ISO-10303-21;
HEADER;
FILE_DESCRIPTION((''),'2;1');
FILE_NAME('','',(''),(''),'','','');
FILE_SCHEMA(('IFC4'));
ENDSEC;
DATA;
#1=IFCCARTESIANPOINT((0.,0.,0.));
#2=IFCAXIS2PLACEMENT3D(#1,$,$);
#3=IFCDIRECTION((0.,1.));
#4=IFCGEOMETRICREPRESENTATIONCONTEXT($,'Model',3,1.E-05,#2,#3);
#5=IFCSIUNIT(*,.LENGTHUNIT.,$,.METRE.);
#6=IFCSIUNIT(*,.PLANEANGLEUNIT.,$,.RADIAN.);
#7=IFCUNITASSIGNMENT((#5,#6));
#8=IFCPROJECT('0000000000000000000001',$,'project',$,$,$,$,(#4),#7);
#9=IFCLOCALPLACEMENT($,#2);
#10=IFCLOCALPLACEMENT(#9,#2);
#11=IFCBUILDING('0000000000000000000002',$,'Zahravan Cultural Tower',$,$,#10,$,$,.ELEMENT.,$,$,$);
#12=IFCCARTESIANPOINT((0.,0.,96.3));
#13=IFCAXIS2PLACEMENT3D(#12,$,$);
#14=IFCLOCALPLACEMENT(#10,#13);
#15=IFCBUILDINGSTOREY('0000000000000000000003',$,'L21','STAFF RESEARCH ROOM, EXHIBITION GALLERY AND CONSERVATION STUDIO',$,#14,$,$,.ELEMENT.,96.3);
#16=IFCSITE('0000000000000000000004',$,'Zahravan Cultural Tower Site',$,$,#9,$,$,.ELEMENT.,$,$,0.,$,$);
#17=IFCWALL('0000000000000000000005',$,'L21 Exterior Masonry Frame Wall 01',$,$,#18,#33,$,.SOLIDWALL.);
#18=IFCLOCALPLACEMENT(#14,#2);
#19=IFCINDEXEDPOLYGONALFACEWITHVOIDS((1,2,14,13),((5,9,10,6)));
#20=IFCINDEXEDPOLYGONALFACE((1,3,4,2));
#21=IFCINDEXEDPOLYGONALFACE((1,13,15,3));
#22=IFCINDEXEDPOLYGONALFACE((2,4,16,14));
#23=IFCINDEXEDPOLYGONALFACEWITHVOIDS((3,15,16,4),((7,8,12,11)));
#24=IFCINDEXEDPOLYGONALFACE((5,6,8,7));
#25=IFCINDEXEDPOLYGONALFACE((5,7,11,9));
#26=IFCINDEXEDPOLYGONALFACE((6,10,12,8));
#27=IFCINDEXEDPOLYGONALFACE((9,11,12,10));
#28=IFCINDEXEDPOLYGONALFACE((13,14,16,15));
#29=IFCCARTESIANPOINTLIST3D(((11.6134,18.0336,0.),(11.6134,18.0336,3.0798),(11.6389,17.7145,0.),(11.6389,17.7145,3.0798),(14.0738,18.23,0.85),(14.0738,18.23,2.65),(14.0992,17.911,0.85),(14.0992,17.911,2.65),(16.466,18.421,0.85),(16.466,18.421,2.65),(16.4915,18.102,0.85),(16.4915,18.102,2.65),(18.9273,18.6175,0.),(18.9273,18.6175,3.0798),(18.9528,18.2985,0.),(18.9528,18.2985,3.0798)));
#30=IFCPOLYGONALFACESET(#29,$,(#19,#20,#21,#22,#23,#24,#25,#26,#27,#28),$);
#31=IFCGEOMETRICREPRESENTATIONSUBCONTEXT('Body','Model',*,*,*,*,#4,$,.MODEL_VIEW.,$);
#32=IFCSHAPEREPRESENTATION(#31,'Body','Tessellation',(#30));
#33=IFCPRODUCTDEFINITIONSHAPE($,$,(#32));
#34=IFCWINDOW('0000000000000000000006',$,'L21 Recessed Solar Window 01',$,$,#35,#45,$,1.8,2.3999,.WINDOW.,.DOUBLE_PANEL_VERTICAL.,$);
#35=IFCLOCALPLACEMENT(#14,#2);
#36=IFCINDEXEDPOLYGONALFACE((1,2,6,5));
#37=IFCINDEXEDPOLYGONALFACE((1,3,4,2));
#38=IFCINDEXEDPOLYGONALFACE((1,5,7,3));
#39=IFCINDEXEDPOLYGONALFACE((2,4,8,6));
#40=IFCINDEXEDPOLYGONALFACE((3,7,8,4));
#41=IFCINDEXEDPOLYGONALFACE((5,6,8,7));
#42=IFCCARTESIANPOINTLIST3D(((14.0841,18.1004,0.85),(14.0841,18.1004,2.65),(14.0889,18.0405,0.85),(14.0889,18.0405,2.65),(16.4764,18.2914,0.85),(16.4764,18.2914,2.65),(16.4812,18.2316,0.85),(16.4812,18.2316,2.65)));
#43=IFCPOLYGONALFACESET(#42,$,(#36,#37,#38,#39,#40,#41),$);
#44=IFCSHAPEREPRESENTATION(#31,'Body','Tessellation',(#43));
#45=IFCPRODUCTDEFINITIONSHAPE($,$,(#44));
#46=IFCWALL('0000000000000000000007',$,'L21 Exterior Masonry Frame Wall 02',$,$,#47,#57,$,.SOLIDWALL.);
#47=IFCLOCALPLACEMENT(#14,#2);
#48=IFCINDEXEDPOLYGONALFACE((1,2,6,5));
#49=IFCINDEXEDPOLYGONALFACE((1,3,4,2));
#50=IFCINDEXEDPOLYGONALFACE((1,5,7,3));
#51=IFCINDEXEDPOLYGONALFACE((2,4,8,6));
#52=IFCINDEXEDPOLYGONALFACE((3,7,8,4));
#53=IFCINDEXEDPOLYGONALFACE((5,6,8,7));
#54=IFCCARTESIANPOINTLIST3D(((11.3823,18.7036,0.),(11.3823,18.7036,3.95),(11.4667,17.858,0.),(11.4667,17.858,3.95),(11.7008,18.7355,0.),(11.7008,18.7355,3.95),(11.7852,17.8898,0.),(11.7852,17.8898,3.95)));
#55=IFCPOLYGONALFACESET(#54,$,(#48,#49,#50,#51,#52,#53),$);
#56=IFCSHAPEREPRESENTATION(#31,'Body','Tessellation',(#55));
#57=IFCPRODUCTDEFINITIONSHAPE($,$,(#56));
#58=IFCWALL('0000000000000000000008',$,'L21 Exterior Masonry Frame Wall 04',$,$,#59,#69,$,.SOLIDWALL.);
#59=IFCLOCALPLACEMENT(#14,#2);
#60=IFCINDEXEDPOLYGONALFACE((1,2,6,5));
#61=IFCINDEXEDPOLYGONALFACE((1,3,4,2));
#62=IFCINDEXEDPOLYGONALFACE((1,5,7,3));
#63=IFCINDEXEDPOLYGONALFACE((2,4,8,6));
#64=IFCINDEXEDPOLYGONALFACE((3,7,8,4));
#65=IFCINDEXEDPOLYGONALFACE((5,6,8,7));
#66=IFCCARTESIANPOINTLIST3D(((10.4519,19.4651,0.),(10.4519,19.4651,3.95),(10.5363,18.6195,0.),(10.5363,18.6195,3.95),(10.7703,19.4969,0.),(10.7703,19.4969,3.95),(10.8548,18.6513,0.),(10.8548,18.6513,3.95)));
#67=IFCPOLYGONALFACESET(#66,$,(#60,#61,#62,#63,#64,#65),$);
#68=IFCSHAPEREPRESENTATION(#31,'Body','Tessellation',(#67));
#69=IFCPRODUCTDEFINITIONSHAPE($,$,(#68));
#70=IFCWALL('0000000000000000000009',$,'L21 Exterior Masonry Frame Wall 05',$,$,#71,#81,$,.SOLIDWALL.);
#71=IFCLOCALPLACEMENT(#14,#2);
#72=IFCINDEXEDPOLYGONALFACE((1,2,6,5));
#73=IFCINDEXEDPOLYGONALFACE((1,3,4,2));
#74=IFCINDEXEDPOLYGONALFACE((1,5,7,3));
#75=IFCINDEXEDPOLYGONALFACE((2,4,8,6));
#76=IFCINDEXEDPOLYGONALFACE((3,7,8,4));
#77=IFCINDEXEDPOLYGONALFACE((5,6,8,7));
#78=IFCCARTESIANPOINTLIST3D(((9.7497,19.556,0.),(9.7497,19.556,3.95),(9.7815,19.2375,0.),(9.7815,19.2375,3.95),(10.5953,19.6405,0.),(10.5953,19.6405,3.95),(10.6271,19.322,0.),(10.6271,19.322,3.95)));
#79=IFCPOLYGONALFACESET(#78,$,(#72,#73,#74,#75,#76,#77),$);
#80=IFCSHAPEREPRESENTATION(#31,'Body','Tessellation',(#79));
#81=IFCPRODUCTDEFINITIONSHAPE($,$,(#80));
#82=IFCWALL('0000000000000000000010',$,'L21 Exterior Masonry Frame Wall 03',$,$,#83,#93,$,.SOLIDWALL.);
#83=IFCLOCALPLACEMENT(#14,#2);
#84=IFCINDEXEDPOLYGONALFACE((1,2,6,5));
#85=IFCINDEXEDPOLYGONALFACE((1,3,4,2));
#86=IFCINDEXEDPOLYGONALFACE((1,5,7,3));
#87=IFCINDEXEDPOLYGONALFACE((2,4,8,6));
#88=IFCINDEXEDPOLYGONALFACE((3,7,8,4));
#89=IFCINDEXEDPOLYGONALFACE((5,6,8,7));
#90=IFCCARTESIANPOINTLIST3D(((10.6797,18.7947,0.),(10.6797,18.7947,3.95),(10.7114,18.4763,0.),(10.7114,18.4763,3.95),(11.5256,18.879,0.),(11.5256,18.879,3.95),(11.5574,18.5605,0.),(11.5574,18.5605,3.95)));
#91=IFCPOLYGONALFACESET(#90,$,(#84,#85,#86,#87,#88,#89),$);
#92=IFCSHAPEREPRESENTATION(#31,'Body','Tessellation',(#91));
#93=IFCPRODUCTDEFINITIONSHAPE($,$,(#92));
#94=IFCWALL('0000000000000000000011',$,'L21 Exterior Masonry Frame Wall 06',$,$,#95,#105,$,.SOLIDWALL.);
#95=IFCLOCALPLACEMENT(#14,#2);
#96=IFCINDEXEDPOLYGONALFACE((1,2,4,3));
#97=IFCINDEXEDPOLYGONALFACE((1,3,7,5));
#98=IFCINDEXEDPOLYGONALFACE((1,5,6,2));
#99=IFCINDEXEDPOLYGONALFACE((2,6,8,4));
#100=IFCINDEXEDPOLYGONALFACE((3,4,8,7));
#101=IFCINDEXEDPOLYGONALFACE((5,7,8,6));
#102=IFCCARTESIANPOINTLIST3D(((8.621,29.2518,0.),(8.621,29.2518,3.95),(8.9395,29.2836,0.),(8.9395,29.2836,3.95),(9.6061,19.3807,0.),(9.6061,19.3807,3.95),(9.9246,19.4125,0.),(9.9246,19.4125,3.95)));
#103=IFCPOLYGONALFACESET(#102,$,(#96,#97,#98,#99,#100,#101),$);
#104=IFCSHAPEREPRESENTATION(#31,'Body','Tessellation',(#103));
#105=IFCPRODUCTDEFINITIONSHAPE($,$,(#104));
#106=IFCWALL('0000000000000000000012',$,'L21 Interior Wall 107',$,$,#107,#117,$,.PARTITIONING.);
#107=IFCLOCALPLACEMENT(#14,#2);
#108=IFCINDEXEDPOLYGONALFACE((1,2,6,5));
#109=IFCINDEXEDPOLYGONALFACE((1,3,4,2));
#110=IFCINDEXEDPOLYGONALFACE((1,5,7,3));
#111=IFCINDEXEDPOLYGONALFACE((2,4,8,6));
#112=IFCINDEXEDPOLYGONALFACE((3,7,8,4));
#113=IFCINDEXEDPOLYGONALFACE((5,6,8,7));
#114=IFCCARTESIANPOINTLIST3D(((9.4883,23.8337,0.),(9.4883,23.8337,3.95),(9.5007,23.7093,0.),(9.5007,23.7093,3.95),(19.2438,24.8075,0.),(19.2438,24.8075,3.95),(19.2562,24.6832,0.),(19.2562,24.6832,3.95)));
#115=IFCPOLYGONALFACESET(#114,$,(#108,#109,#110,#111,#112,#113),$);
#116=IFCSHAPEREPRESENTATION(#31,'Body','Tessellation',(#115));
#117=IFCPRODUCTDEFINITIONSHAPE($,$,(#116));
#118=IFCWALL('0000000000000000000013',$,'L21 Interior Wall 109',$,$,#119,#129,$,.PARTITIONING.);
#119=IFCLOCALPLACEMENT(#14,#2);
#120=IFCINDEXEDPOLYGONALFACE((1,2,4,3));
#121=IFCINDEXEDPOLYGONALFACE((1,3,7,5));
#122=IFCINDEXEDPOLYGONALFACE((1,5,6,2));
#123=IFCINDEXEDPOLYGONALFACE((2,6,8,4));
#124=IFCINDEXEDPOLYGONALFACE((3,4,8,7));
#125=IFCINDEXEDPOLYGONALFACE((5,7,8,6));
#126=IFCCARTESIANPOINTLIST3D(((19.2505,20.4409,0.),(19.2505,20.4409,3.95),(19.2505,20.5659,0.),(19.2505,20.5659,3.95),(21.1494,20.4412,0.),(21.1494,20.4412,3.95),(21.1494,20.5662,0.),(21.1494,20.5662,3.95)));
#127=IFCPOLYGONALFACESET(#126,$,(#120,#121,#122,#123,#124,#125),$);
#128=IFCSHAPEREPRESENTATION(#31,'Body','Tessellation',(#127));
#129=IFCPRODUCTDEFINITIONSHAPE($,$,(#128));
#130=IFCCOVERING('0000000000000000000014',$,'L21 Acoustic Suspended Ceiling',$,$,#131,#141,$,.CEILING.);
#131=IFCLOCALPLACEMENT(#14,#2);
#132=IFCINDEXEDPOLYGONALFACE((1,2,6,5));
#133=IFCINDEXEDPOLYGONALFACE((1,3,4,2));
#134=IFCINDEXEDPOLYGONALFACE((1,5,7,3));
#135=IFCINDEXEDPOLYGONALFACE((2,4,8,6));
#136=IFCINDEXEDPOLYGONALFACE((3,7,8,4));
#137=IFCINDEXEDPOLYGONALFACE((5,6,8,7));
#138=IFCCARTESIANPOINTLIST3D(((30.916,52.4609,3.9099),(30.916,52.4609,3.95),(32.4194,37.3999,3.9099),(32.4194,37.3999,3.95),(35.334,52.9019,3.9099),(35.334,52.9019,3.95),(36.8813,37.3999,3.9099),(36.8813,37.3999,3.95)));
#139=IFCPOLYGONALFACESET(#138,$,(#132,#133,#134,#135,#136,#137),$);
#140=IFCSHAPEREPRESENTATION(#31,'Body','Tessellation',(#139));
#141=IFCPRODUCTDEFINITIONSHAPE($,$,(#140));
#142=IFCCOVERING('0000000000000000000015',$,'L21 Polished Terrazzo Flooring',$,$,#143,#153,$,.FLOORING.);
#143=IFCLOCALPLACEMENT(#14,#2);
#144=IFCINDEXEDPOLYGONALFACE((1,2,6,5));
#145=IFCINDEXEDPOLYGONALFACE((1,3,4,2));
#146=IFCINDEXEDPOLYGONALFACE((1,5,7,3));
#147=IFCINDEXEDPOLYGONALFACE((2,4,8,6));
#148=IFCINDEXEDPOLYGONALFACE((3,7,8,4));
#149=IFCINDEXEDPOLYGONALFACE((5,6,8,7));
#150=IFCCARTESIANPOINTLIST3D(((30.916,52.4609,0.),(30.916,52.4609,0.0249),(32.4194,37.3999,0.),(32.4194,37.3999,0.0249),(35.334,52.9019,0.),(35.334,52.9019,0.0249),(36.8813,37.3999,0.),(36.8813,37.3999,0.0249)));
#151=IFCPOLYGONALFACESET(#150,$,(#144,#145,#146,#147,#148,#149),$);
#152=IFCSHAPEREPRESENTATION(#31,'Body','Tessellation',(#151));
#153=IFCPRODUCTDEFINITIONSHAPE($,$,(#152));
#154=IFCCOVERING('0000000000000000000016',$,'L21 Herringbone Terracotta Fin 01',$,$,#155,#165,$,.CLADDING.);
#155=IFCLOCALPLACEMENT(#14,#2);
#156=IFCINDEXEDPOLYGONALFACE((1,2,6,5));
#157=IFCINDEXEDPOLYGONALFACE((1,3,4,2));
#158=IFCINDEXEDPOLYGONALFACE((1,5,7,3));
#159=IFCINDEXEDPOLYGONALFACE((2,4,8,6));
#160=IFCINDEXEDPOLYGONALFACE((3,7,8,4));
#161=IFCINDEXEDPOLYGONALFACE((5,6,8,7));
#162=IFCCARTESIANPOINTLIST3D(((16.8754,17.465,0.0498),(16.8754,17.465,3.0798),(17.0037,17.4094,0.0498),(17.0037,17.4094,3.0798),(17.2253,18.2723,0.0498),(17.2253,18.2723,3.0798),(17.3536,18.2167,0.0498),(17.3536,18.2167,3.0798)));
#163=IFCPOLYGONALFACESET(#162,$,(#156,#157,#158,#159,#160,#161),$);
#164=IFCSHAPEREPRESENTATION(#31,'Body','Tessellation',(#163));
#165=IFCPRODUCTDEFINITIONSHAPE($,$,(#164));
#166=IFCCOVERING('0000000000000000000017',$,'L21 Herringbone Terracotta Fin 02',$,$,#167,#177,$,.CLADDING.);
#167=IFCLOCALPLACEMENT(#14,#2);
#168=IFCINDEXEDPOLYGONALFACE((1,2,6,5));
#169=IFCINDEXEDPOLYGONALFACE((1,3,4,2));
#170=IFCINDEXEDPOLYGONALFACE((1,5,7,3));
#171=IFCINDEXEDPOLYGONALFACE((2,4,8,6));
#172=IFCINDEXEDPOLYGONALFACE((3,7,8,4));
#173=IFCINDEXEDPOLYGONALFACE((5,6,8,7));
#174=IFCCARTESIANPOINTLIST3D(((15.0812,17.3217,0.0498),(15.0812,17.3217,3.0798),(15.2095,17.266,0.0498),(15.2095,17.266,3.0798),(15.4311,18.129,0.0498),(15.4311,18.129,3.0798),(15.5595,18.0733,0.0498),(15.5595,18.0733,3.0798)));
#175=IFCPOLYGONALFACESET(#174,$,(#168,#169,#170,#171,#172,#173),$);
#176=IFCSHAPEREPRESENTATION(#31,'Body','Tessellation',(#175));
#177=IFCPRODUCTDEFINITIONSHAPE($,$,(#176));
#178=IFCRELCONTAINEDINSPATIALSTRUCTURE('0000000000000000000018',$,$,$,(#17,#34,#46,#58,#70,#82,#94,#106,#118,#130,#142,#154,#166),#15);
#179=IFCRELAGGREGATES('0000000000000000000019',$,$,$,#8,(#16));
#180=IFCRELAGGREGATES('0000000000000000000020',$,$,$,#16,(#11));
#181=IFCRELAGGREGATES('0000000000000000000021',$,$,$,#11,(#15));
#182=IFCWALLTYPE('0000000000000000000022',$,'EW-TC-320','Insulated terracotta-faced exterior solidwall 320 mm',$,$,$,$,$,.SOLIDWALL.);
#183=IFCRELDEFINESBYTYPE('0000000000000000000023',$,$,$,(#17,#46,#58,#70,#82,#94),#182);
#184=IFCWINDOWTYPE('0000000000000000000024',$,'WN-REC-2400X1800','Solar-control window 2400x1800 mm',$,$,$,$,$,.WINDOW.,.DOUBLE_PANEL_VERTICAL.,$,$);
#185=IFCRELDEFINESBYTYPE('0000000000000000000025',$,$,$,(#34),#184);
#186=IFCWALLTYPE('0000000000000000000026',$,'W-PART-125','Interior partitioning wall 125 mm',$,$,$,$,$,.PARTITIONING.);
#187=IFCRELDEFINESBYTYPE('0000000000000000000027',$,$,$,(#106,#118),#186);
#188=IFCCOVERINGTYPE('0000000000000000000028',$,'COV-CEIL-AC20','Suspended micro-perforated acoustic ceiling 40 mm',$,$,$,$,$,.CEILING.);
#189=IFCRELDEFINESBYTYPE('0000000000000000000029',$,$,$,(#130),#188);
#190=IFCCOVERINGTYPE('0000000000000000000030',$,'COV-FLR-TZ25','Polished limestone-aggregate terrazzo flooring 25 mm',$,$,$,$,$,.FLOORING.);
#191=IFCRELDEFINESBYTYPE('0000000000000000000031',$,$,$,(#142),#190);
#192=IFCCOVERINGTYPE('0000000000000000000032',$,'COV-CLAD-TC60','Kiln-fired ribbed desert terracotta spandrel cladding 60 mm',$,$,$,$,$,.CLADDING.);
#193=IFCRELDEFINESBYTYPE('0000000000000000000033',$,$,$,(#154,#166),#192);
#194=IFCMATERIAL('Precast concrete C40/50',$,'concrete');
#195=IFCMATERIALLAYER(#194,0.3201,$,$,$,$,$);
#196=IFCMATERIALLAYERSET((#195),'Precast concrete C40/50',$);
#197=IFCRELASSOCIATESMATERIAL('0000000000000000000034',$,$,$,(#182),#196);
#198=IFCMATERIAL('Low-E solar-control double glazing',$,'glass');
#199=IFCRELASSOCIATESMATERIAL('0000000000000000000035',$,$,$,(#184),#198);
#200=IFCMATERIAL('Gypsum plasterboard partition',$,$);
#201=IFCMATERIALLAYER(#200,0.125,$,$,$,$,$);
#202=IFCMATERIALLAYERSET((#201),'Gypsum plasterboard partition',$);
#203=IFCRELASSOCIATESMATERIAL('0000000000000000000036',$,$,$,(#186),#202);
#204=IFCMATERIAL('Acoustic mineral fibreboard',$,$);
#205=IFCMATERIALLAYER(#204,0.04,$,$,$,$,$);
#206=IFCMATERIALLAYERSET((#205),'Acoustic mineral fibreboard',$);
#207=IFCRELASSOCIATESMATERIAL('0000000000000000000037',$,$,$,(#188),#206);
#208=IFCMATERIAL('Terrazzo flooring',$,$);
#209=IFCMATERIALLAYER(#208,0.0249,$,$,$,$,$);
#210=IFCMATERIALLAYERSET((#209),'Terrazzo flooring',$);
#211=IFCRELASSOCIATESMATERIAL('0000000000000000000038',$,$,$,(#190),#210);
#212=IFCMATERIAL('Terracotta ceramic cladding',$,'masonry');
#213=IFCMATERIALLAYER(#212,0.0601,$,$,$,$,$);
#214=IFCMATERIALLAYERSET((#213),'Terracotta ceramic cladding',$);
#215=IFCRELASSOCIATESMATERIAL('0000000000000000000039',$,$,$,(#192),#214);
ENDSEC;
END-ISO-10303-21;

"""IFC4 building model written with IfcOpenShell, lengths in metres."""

from ifc_helpers import new_model, si_unit, direction, frame, frame_2d, origin, origin_2d, place, context, subcontext, project, spatial, polyline, rectangle, outline, extrude, source, transform, mapped, material, layer, layer_set, type_object, element, fill, save


model = new_model("IFC4")

# Units and contexts
model_context = context("Model", 3, precision=1e-05, world=origin(), true_north=direction((0.0, 1.0)))
body_context = subcontext(model_context, "Body", "Model", "MODEL_VIEW")
ifc_project = project(units=[si_unit("LENGTHUNIT", "METRE"), si_unit("PLANEANGLEUNIT", "RADIAN")], contexts=[model_context])

# Site, building, storey
site_placement = place(None, origin())
site = spatial("IfcSite", under=ifc_project, at=site_placement, Name="Zahravan Cultural Tower Site", CompositionType="ELEMENT", RefElevation=0.0)
building_placement = place(site_placement, origin())
building = spatial("IfcBuilding", under=site, at=building_placement, Name="Zahravan Cultural Tower", CompositionType="ELEMENT")
storey_placement = place(building_placement, frame((0.0, 0.0, 96.3)))
storey = spatial("IfcBuildingStorey", under=building, at=storey_placement, Name="L21", Description="STAFF RESEARCH ROOM, EXHIBITION GALLERY AND CONSERVATION STUDIO", CompositionType="ELEMENT", Elevation=96.3)

# Wall, opening, window
ifc_material_1 = material(Name="Precast concrete C40/50", Category="concrete")
ifc_layer_1 = layer(ifc_material_1, 0.3201)
ifc_layer_set_1 = layer_set([ifc_layer_1], Name="Precast concrete C40/50")
wall_type_1 = type_object("IfcWallType", Name="EW-TC-320", Description="Insulated terracotta-faced exterior solidwall 320 mm", PredefinedType="SOLIDWALL", material=ifc_layer_set_1)
wall_1_placement = place(storey_placement, frame((18.9399, 18.458, 0.0), z_axis=(0.0, 0.0, 1.0), x_axis=(-0.996828, -0.079592, 0.0)))
wall_1 = element("IfcWall", 1, at=wall_1_placement, inside=storey, type_object=wall_type_1, Name="L21 Exterior Masonry Frame Wall 01", PredefinedType="SOLIDWALL", context=body_context, shape_type="SweptSolid", body=[
    extrude(rectangle(XDim=7.3372, YDim=0.3201, at=frame_2d((3.6685, 0.0))), origin(), (0.0, 0.0, 1.0), 3.0798),
])
opening_placement = place(wall_1_placement, frame((2.469, 0.0, 0.8501)))
opening = element("IfcOpeningElement", 2, at=opening_placement, cuts=wall_1, PredefinedType="OPENING", context=body_context, shape_type="SweptSolid", body=[
    extrude(rectangle(XDim=2.3999, YDim=1.8, at=frame_2d((1.2, 0.8999))), frame((0.0, 0.1699, 0.0), z_axis=(0.0, -1.0, 0.0), x_axis=(1.0, 0.0, 0.0)), (0.0, 0.0, 1.0), 0.3401),
])
ifc_material_2 = material(Name="Low-E solar-control double glazing", Category="glass")
window_type = type_object("IfcWindowType", Name="WN-REC-2400X1800", Description="Solar-control window 2400x1800 mm", PartitioningType="DOUBLE_PANEL_VERTICAL", PredefinedType="WINDOW", material=ifc_material_2)
shared_shape_1 = source(origin(), body_context, "Body", "SweptSolid", [
    extrude(rectangle(XDim=2.3999, YDim=1.8, at=frame_2d((1.2, 0.8999))), frame((0.0, 0.03, 0.0), z_axis=(0.0, -1.0, 0.0), x_axis=(1.0, 0.0, 0.0)), (0.0, 0.0, 1.0), 0.0601),
])
window_placement = place(opening_placement, origin())
window = element("IfcWindow", 3, at=window_placement, inside=storey, type_object=window_type, Name="L21 Recessed Solar Window 01", OverallHeight=1.8, OverallWidth=2.3999, PartitioningType="DOUBLE_PANEL_VERTICAL", PredefinedType="WINDOW", context=body_context, shape_type="MappedRepresentation", body=[
    mapped(shared_shape_1, transform((0.0, 0.0, 0.0), x_axis=(1.0, 0.0, 0.0), y_axis=(0.0, 1.0, 0.0), z_axis=(0.0, 0.0, 1.0), scale=1.0)),
])
fill(opening, window)

# Walls
shared_shape_2 = source(origin(), body_context, "Body", "SweptSolid", [
    extrude(rectangle(XDim=0.8499, YDim=0.3201, at=frame_2d((0.4248, 0.0))), origin(), (0.0, 0.0, 1.0), 3.95),
])
for number, where, z_axis, x_axis, name in (
    (4, (11.626, 17.874, 0.0), (0.0, 0.0, 1.0), (-0.09939, 0.995049, 0.0), "L21 Exterior Masonry Frame Wall 02"),
    (5, (10.6956, 18.6355, 0.0), (0.0, 0.0, 1.0), (-0.09939, 0.995049, 0.0), "L21 Exterior Masonry Frame Wall 04"),
    (6, (10.6111, 19.4812, 0.0), (0.0, 0.0, 1.0), (-0.995049, -0.09939, 0.0), "L21 Exterior Masonry Frame Wall 05"),
):
    element("IfcWall", number, at=place(storey_placement, frame(where, z_axis=z_axis, x_axis=x_axis)), inside=storey, type_object=wall_type_1, Name=name, PredefinedType="SOLIDWALL", context=body_context, shape_type="MappedRepresentation", body=[
        mapped(shared_shape_2, transform((0.0, 0.0, 0.0), x_axis=(1.0, 0.0, 0.0), y_axis=(0.0, 1.0, 0.0), z_axis=(0.0, 0.0, 1.0), scale=1.0)),
    ])
shared_shape_3 = source(origin(), body_context, "Body", "SweptSolid", [
    extrude(rectangle(XDim=0.8501, YDim=0.3201, at=frame_2d((0.425, 0.0))), origin(), (0.0, 0.0, 1.0), 3.95),
])
wall_2_placement = place(storey_placement, frame((11.5415, 18.7197, 0.0), z_axis=(0.0, 0.0, 1.0), x_axis=(-0.99508, -0.099077, 0.0)))
element("IfcWall", 7, at=wall_2_placement, inside=storey, type_object=wall_type_1, Name="L21 Exterior Masonry Frame Wall 03", PredefinedType="SOLIDWALL", context=body_context, shape_type="MappedRepresentation", body=[
    mapped(shared_shape_3, transform((0.0, 0.0, 0.0), x_axis=(1.0, 0.0, 0.0), y_axis=(0.0, 1.0, 0.0), z_axis=(0.0, 0.0, 1.0), scale=1.0)),
])
shared_shape_4 = source(origin(), body_context, "Body", "SweptSolid", [
    extrude(rectangle(XDim=9.9202, YDim=0.3201, at=frame_2d((4.96, 0.0))), origin(), (0.0, 0.0, 1.0), 3.95),
])
wall_3_placement = place(storey_placement, frame((9.7654, 19.3967, 0.0), z_axis=(0.0, 0.0, 1.0), x_axis=(-0.099304, 0.995057, 0.0)))
element("IfcWall", 8, at=wall_3_placement, inside=storey, type_object=wall_type_1, Name="L21 Exterior Masonry Frame Wall 06", PredefinedType="SOLIDWALL", context=body_context, shape_type="MappedRepresentation", body=[
    mapped(shared_shape_4, transform((0.0, 0.0, 0.0), x_axis=(1.0, 0.0, 0.0), y_axis=(0.0, 1.0, 0.0), z_axis=(0.0, 0.0, 1.0), scale=1.0)),
])
ifc_material_3 = material(Name="Gypsum plasterboard partition")
ifc_layer_2 = layer(ifc_material_3, 0.125)
ifc_layer_set_2 = layer_set([ifc_layer_2], Name="Gypsum plasterboard partition")
wall_type_2 = type_object("IfcWallType", Name="W-PART-125", Description="Interior partitioning wall 125 mm", PredefinedType="PARTITIONING", material=ifc_layer_set_2)
shared_shape_5 = source(origin(), body_context, "Body", "SweptSolid", [
    extrude(rectangle(XDim=9.804, YDim=0.125, at=frame_2d((4.9019, 0.0))), origin(), (0.0, 0.0, 1.0), 3.95),
])
wall_4_placement = place(storey_placement, frame((9.4946, 23.7715, 0.0), z_axis=(0.0, 0.0, 1.0), x_axis=(0.995054, 0.099336, 0.0)))
element("IfcWall", 9, at=wall_4_placement, inside=storey, type_object=wall_type_2, Name="L21 Interior Wall 107", PredefinedType="PARTITIONING", context=body_context, shape_type="MappedRepresentation", body=[
    mapped(shared_shape_5, transform((0.0, 0.0, 0.0), x_axis=(1.0, 0.0, 0.0), y_axis=(0.0, 1.0, 0.0), z_axis=(0.0, 0.0, 1.0), scale=1.0)),
])
shared_shape_6 = source(origin(), body_context, "Body", "SweptSolid", [
    extrude(rectangle(XDim=1.8989, YDim=0.125, at=frame_2d((0.9495, 0.0))), origin(), (0.0, 0.0, 1.0), 3.95),
])
wall_5_placement = place(storey_placement, frame((19.2505, 20.5034, 0.0), z_axis=(0.0, 0.0, 1.0), x_axis=(1.0, 0.000129, 0.0)))
element("IfcWall", 10, at=wall_5_placement, inside=storey, type_object=wall_type_2, Name="L21 Interior Wall 109", PredefinedType="PARTITIONING", context=body_context, shape_type="MappedRepresentation", body=[
    mapped(shared_shape_6, transform((0.0, 0.0, 0.0), x_axis=(1.0, 0.0, 0.0), y_axis=(0.0, 1.0, 0.0), z_axis=(0.0, 0.0, 1.0), scale=1.0)),
])

# Coverings
ifc_material_4 = material(Name="Acoustic mineral fibreboard")
ifc_layer_3 = layer(ifc_material_4, 0.04)
ifc_layer_set_3 = layer_set([ifc_layer_3], Name="Acoustic mineral fibreboard")
covering_type_1 = type_object("IfcCoveringType", Name="COV-CEIL-AC20", Description="Suspended micro-perforated acoustic ceiling 40 mm", PredefinedType="CEILING", material=ifc_layer_set_3)
covering_1_placement = place(storey_placement, frame((0.0, 0.0, 3.9099)))
element("IfcCovering", 11, at=covering_1_placement, inside=storey, type_object=covering_type_1, Name="L21 Acoustic Suspended Ceiling", PredefinedType="CEILING", context=body_context, shape_type="SweptSolid", body=[
    extrude(outline(polyline([(30.916, 52.4609), (32.4194, 37.3999), (36.8813, 37.3999), (35.334, 52.9019), (30.916, 52.4609)])), origin(), (0.0, 0.0, 1.0), 0.04),
])
ifc_material_5 = material(Name="Terrazzo flooring")
ifc_layer_4 = layer(ifc_material_5, 0.0249)
ifc_layer_set_4 = layer_set([ifc_layer_4], Name="Terrazzo flooring")
covering_type_2 = type_object("IfcCoveringType", Name="COV-FLR-TZ25", Description="Polished limestone-aggregate terrazzo flooring 25 mm", PredefinedType="FLOORING", material=ifc_layer_set_4)
covering_2_placement = place(storey_placement, origin())
element("IfcCovering", 12, at=covering_2_placement, inside=storey, type_object=covering_type_2, Name="L21 Polished Terrazzo Flooring", PredefinedType="FLOORING", context=body_context, shape_type="SweptSolid", body=[
    extrude(outline(polyline([(30.916, 52.4609), (32.4194, 37.3999), (36.8813, 37.3999), (35.334, 52.9019), (30.916, 52.4609)])), origin(), (0.0, 0.0, 1.0), 0.0249),
])
ifc_material_6 = material(Name="Terracotta ceramic cladding", Category="masonry")
ifc_layer_5 = layer(ifc_material_6, 0.0601)
ifc_layer_set_5 = layer_set([ifc_layer_5], Name="Terracotta ceramic cladding")
covering_type_3 = type_object("IfcCoveringType", Name="COV-CLAD-TC60", Description="Kiln-fired ribbed desert terracotta spandrel cladding 60 mm", PredefinedType="CLADDING", material=ifc_layer_set_5)
shared_shape_7 = source(origin(), body_context, "Body", "SweptSolid", [
    extrude(rectangle(XDim=0.8799, YDim=0.1399, at=origin_2d()), origin(), (0.0, 0.0, 1.0), 3.03),
])
for number, where, z_axis, x_axis, name in (
    (13, (17.1145, 17.8408, 0.0498), (0.0, 0.0, 1.0), (-0.397708, -0.917512, 0.0), "L21 Herringbone Terracotta Fin 01"),
    (14, (15.3203, 17.6975, 0.0498), (0.0, 0.0, 1.0), (-0.397708, -0.917512, 0.0), "L21 Herringbone Terracotta Fin 02"),
):
    element("IfcCovering", number, at=place(storey_placement, frame(where, z_axis=z_axis, x_axis=x_axis)), inside=storey, type_object=covering_type_3, Name=name, PredefinedType="CLADDING", context=body_context, shape_type="MappedRepresentation", body=[
        mapped(shared_shape_7, transform((0.0, 0.0, 0.0), x_axis=(1.0, 0.0, 0.0), y_axis=(0.0, 1.0, 0.0), z_axis=(0.0, 0.0, 1.0), scale=1.0)),
    ])

save(model, "model.ifc")
